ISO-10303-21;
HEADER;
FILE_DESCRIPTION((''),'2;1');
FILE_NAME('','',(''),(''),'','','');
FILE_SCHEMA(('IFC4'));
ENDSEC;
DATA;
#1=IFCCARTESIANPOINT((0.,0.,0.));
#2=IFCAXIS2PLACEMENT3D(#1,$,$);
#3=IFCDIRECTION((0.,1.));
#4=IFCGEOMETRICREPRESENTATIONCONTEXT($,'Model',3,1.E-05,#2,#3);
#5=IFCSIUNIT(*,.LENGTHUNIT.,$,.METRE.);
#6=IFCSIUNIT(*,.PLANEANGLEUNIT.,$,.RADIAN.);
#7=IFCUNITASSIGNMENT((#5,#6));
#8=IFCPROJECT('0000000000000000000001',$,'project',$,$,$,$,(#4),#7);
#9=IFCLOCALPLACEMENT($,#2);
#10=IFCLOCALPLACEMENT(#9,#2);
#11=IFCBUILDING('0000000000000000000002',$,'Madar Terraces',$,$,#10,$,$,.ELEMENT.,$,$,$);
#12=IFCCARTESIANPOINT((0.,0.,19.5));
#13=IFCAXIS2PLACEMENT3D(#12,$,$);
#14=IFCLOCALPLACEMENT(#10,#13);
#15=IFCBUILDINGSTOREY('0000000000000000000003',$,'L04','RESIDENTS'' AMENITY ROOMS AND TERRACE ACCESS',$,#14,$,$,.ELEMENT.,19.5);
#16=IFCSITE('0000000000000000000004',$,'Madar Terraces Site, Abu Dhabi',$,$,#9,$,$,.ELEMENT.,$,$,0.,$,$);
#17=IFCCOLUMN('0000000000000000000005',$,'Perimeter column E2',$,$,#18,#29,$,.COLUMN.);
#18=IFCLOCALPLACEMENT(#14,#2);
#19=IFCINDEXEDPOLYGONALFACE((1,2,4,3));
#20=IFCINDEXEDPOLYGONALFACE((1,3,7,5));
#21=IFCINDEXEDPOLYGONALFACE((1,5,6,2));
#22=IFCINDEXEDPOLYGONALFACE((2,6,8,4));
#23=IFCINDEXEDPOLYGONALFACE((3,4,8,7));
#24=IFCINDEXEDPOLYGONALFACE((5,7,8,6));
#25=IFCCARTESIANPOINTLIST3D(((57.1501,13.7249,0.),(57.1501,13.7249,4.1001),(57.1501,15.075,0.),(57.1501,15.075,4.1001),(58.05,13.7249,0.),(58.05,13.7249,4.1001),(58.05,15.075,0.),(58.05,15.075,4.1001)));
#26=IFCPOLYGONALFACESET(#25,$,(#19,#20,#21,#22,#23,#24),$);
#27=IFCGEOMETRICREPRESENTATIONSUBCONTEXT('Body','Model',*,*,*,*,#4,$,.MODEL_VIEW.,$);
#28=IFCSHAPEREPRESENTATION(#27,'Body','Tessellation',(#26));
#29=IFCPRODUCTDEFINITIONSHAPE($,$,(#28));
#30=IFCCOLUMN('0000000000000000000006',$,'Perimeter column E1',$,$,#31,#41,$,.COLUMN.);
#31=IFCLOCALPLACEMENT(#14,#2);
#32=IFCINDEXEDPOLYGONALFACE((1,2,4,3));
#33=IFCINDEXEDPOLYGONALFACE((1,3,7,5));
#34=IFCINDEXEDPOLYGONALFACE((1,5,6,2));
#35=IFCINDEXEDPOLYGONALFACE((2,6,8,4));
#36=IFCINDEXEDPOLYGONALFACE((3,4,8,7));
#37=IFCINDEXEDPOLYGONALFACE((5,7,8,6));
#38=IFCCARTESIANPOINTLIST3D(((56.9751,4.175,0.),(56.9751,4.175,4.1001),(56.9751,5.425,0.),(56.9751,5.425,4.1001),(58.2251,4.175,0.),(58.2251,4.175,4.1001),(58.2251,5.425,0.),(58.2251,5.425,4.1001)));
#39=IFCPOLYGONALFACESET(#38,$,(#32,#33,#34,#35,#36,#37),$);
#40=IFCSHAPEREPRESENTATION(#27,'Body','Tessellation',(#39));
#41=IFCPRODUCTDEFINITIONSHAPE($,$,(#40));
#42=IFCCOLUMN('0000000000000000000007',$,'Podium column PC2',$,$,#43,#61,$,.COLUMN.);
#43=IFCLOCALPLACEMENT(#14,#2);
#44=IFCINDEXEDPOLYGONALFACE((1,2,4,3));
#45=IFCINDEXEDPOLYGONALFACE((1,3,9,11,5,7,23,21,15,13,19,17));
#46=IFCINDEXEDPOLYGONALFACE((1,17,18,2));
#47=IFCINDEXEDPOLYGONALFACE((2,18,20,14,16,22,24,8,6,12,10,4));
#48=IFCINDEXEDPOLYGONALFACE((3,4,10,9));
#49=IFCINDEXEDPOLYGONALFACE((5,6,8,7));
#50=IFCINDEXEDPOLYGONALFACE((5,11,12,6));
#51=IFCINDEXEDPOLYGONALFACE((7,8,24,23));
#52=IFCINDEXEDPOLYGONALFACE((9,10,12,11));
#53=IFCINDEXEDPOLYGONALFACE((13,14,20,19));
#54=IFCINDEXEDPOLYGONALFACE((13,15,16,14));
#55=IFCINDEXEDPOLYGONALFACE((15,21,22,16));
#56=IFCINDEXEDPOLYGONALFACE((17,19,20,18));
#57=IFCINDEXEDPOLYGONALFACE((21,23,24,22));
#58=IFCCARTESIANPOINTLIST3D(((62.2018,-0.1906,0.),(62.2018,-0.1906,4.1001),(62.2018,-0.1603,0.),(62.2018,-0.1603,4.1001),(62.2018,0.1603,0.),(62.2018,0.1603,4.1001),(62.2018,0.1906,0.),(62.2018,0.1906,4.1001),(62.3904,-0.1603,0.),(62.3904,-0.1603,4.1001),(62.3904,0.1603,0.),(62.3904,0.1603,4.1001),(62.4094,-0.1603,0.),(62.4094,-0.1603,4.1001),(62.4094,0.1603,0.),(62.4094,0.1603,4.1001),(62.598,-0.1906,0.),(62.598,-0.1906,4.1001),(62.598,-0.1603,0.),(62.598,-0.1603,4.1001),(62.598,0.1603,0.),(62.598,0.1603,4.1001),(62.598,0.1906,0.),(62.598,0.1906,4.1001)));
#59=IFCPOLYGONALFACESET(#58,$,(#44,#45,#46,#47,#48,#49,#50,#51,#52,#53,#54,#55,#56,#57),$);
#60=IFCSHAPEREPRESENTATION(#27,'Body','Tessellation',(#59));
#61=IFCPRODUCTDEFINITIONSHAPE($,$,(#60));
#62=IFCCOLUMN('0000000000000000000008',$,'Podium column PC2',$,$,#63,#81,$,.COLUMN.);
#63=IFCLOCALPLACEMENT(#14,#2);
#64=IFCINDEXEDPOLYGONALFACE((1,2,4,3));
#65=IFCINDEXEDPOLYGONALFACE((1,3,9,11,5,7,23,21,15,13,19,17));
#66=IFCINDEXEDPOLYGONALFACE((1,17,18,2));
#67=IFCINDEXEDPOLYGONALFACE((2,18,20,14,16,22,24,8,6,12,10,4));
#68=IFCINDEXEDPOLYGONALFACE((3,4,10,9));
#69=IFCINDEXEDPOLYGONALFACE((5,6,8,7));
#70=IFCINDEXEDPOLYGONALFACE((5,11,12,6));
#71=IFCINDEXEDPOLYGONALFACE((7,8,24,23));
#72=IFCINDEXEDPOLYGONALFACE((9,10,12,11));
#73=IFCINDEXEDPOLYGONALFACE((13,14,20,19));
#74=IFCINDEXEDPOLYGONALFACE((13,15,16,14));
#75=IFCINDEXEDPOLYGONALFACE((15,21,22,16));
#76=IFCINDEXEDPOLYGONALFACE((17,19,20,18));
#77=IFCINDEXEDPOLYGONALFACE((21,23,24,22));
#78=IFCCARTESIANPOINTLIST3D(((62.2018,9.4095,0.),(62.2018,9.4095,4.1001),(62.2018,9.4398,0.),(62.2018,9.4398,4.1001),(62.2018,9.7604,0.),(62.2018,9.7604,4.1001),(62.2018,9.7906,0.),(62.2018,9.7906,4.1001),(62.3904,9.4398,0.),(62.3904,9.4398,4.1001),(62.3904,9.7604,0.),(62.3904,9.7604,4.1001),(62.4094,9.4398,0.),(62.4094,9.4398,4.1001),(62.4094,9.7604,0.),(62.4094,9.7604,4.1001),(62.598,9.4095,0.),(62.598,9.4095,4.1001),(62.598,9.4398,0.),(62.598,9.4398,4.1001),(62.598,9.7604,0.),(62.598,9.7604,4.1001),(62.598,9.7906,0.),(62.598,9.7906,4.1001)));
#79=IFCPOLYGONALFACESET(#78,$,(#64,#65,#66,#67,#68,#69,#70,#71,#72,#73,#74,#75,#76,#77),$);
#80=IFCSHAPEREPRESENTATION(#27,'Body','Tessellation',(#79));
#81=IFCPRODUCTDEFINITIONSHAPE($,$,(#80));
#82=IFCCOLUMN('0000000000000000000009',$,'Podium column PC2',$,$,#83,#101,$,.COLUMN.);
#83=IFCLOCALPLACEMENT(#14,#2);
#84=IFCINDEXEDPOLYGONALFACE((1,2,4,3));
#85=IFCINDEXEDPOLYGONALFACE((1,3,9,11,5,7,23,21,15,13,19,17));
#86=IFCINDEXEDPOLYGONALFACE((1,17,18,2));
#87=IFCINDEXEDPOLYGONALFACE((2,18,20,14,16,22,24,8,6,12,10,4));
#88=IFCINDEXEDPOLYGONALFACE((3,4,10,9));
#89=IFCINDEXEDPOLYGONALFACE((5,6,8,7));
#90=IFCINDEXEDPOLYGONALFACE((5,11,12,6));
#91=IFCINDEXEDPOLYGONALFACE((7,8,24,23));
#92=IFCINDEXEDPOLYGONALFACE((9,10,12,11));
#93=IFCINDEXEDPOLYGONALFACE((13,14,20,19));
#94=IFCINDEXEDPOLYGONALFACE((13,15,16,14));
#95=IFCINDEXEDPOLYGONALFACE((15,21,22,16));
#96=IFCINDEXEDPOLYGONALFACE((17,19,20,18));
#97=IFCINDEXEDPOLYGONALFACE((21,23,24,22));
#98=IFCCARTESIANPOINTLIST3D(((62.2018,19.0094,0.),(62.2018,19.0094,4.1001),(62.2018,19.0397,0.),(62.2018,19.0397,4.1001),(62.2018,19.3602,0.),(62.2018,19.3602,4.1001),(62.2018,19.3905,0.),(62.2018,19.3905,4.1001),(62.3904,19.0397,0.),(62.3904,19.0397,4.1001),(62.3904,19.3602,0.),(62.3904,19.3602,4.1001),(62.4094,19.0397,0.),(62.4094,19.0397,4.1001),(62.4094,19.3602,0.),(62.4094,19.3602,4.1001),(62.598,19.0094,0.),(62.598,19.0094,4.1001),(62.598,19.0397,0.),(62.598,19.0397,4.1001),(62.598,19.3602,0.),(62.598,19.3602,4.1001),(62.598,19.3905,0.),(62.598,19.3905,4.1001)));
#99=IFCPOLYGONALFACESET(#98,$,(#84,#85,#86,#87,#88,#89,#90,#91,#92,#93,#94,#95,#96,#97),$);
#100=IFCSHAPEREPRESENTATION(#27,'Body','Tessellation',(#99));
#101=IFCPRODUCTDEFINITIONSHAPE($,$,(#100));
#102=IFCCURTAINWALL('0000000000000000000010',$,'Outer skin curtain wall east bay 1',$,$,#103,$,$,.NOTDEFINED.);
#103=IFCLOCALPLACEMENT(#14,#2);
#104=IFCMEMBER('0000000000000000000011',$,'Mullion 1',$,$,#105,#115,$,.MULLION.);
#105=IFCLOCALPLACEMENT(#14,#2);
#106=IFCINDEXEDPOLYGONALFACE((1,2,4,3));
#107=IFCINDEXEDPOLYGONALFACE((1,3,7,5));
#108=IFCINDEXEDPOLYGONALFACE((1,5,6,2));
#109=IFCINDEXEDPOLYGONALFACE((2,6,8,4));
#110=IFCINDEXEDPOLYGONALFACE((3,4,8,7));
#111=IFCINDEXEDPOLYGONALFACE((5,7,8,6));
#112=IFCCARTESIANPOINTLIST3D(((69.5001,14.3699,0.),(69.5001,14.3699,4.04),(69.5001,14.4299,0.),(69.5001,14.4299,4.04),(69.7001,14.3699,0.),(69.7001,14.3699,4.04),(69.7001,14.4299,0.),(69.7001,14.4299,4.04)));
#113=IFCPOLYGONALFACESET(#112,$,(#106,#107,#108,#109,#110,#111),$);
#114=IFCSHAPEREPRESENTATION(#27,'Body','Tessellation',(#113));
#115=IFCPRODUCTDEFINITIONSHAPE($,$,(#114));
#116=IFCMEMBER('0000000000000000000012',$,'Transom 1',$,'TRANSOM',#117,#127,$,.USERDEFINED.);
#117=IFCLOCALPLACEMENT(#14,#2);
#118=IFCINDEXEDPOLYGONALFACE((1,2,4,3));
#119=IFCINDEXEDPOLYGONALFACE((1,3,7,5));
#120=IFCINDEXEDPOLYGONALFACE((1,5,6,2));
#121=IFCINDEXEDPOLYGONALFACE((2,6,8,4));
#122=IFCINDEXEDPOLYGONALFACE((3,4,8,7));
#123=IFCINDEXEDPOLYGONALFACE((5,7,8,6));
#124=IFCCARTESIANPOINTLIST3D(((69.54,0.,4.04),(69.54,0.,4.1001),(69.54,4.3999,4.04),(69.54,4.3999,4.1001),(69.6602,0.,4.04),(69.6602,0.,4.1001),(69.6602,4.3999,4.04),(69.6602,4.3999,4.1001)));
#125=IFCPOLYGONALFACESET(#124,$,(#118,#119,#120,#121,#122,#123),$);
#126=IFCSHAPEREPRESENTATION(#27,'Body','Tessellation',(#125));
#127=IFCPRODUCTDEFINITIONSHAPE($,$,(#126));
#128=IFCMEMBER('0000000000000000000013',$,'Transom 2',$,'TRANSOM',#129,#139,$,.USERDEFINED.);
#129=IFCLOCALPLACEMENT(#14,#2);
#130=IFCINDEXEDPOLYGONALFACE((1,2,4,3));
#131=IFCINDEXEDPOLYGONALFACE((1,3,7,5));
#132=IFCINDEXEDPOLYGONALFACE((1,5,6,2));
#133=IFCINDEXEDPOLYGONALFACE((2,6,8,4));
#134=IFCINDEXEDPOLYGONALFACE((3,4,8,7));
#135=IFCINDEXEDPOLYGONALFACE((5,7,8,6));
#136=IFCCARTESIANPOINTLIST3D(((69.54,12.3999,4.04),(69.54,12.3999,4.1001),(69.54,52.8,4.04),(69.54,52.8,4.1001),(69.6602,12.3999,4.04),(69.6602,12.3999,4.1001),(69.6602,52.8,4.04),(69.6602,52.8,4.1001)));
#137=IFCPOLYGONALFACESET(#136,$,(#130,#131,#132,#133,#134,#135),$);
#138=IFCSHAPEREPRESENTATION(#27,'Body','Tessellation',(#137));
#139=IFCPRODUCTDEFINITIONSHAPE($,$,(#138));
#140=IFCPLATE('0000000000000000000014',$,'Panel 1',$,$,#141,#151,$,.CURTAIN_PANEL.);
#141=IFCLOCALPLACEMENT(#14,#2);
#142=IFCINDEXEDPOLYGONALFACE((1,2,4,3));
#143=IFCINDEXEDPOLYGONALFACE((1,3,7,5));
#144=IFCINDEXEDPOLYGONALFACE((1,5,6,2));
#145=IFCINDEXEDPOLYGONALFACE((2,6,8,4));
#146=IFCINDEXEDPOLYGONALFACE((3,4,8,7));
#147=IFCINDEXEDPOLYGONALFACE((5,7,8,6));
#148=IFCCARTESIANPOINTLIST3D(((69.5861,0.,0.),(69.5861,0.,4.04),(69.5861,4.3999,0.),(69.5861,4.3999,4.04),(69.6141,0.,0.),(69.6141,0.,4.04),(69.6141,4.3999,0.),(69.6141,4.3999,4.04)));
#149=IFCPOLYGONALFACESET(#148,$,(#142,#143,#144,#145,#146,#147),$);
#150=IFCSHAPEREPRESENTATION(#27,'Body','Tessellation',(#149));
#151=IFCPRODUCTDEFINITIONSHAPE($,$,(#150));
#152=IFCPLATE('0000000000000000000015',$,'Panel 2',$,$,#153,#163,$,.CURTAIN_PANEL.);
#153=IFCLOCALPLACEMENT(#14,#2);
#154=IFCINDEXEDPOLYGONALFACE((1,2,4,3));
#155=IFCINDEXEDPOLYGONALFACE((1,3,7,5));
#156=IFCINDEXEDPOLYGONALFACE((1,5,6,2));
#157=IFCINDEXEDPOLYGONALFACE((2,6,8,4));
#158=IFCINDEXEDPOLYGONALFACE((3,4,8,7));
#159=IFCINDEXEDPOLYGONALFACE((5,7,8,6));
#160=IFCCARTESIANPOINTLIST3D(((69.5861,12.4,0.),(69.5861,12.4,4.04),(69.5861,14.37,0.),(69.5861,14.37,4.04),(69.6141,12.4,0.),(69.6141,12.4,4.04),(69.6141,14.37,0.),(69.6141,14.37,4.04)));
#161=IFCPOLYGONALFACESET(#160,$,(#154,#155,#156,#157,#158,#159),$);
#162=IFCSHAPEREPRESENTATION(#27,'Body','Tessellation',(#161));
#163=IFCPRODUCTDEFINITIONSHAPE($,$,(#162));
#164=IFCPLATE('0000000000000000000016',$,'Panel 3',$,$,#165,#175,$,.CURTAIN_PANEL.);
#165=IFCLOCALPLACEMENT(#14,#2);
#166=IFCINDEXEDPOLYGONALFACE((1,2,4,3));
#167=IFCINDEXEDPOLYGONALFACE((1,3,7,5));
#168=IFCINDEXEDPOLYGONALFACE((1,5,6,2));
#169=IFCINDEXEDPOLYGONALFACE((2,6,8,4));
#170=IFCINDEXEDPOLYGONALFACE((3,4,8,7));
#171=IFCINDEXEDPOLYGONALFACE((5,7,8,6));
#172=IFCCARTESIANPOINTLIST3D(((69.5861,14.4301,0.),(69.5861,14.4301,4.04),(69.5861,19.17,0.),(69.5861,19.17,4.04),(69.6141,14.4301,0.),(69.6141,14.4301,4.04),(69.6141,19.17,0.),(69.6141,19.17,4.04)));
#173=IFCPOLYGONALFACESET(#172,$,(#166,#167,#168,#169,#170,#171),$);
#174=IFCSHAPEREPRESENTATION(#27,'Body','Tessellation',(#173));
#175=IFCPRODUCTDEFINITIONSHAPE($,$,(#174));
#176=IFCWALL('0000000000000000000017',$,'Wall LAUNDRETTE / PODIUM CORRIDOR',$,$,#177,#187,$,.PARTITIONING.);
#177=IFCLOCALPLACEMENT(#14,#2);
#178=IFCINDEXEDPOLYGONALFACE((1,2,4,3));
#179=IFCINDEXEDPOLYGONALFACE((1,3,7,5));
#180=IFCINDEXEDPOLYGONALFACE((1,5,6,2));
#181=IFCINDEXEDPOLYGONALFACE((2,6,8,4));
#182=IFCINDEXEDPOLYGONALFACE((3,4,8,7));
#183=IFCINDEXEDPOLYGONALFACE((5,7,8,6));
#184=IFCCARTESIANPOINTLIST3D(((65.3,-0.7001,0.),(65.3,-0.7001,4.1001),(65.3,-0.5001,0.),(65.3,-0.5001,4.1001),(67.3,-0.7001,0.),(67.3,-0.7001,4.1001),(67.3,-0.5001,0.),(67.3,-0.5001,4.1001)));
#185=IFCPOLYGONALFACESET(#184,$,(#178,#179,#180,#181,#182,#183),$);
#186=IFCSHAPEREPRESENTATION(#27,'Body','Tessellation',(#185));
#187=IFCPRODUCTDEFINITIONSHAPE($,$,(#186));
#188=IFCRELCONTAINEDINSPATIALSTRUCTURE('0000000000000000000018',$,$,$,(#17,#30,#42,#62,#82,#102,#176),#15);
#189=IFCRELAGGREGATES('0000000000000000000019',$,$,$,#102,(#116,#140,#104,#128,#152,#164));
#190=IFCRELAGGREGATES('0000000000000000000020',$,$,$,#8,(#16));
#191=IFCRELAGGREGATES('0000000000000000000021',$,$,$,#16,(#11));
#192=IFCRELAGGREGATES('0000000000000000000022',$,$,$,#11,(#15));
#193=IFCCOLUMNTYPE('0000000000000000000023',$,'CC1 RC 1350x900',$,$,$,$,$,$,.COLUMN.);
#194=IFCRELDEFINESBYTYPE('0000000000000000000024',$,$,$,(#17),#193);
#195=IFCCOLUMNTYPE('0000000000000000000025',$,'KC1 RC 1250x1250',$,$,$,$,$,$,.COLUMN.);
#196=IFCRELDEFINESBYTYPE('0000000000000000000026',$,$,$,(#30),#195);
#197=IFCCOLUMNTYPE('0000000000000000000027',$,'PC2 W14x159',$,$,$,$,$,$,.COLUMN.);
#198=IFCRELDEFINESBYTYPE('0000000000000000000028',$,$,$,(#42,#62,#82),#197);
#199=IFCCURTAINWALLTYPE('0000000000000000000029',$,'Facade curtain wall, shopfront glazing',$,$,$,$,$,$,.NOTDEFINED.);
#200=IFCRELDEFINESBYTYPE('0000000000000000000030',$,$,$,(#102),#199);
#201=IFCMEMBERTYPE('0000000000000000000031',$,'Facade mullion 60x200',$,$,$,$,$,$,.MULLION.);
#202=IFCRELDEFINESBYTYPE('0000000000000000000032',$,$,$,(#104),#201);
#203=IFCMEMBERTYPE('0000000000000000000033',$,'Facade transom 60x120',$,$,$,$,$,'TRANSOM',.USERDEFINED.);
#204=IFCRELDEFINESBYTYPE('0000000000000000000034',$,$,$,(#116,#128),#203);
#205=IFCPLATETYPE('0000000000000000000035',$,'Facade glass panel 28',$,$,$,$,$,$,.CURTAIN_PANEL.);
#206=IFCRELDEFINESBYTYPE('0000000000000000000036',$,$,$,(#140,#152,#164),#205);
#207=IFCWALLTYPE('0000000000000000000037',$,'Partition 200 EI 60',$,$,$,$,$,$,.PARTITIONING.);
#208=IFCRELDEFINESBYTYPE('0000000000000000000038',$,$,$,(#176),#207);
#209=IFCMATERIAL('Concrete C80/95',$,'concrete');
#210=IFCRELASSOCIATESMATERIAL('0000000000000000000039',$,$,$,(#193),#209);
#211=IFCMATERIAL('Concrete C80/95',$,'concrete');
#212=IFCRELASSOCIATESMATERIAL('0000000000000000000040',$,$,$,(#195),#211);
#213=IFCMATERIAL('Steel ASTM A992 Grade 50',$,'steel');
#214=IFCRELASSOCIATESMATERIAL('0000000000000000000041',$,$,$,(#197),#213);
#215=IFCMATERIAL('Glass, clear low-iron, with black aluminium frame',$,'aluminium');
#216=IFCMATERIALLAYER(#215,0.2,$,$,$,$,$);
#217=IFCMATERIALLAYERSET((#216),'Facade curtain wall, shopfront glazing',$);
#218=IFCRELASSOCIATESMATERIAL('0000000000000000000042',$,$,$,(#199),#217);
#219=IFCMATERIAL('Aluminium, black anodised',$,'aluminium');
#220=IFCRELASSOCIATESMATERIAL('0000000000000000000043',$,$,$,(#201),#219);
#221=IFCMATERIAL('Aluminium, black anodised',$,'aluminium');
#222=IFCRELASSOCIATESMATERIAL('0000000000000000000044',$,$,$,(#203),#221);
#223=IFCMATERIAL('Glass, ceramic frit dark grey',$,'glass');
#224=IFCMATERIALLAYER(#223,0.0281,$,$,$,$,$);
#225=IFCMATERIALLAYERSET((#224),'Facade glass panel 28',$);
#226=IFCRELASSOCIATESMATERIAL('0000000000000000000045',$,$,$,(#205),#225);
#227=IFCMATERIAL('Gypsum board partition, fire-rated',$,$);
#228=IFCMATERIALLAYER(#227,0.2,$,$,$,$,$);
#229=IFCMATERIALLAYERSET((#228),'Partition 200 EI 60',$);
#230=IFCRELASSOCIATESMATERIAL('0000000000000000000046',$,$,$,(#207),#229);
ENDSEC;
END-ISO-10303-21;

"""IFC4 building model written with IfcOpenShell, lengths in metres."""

from ifc_helpers import new_model, si_unit, direction, frame, frame_2d, origin, origin_2d, place, context, subcontext, project, spatial, rectangle, i_section, extrude, material, layer, layer_set, material_profile, profile_set, type_object, element, aggregate, save


model = new_model("IFC4")

# Units and contexts
model_context = context("Model", 3, precision=1e-05, world=origin(), true_north=direction((0.0, 1.0)))
body_context = subcontext(model_context, "Body", "Model", "MODEL_VIEW")
ifc_project = project(units=[si_unit("LENGTHUNIT", "METRE"), si_unit("PLANEANGLEUNIT", "RADIAN")], contexts=[model_context])

# Site, building, storey
site_placement = place(None, origin())
site = spatial("IfcSite", under=ifc_project, at=site_placement, Name="Madar Terraces Site, Abu Dhabi", CompositionType="ELEMENT", RefElevation=0.0)
building_placement = place(site_placement, origin())
building = spatial("IfcBuilding", under=site, at=building_placement, Name="Madar Terraces", CompositionType="ELEMENT")
storey_placement = place(building_placement, frame((0.0, 0.0, 19.5)))
storey = spatial("IfcBuildingStorey", under=building, at=storey_placement, Name="L04", Description="RESIDENTS' AMENITY ROOMS AND TERRACE ACCESS", CompositionType="ELEMENT", Elevation=19.5)

# Columns
ifc_material_1 = material(Name="Concrete C80/95", Category="concrete")
ifc_material_profile_1 = material_profile(ifc_material_1, rectangle(XDim=1.3501, YDim=0.8999, at=origin_2d()), Name="CC1 RC 1350x900")
ifc_profile_set_1 = profile_set([ifc_material_profile_1], Name="Concrete C80/95")
column_type_1 = type_object("IfcColumnType", Name="CC1 RC 1350x900", PredefinedType="COLUMN", material=ifc_profile_set_1)
column_1_placement = place(storey_placement, frame((57.6001, 14.3999, 0.0), z_axis=(0.0, 0.0, 1.0), x_axis=(0.0, 1.0, 0.0)))
element("IfcColumn", 1, at=column_1_placement, inside=storey, type_object=column_type_1, Name="Perimeter column E2", PredefinedType="COLUMN", context=body_context, shape_type="SweptSolid", body=[
    extrude(rectangle(XDim=1.3501, YDim=0.8999, at=origin_2d()), origin(), (0.0, 0.0, 1.0), 4.1001),
])
ifc_material_2 = material(Name="Concrete C80/95", Category="concrete")
ifc_material_profile_2 = material_profile(ifc_material_2, rectangle(XDim=1.25, YDim=1.25, at=origin_2d()), Name="KC1 RC 1250x1250")
ifc_profile_set_2 = profile_set([ifc_material_profile_2], Name="Concrete C80/95")
column_type_2 = type_object("IfcColumnType", Name="KC1 RC 1250x1250", PredefinedType="COLUMN", material=ifc_profile_set_2)
column_2_placement = place(storey_placement, frame((57.6001, 4.8, 0.0), z_axis=(0.0, 0.0, 1.0), x_axis=(1.0, 0.0, 0.0)))
element("IfcColumn", 2, at=column_2_placement, inside=storey, type_object=column_type_2, Name="Perimeter column E1", PredefinedType="COLUMN", context=body_context, shape_type="SweptSolid", body=[
    extrude(rectangle(XDim=1.25, YDim=1.25, at=origin_2d()), origin(), (0.0, 0.0, 1.0), 4.1001),
])
ifc_material_3 = material(Name="Steel ASTM A992 Grade 50", Category="steel")
ifc_material_profile_3 = material_profile(ifc_material_3, i_section(OverallWidth=0.3962, OverallDepth=0.3811, WebThickness=0.019, FlangeThickness=0.0303, at=origin_2d()), Name="W14x159")
ifc_profile_set_3 = profile_set([ifc_material_profile_3], Name="Steel ASTM A992 Grade 50")
column_type_3 = type_object("IfcColumnType", Name="PC2 W14x159", PredefinedType="COLUMN", material=ifc_profile_set_3)
for number, where, z_axis, x_axis, name in (
    (3, (62.3999, 0.0, 0.0), (0.0, 0.0, 1.0), (1.0, 0.0, 0.0), "Podium column PC2"),
    (4, (62.3999, 9.6001, 0.0), (0.0, 0.0, 1.0), (1.0, 0.0, 0.0), "Podium column PC2"),
    (5, (62.3999, 19.2, 0.0), (0.0, 0.0, 1.0), (1.0, 0.0, 0.0), "Podium column PC2"),
):
    element("IfcColumn", number, at=place(storey_placement, frame(where, z_axis=z_axis, x_axis=x_axis)), inside=storey, type_object=column_type_3, Name=name, PredefinedType="COLUMN", context=body_context, shape_type="SweptSolid", body=[
        extrude(i_section(OverallWidth=0.3962, OverallDepth=0.3811, WebThickness=0.019, FlangeThickness=0.0303, at=origin_2d()), origin(), (0.0, 0.0, 1.0), 4.1001),
    ])

# Curtain wall, members, plates
ifc_material_4 = material(Name="Glass, clear low-iron, with black aluminium frame", Category="aluminium")
ifc_layer_1 = layer(ifc_material_4, 0.2)
ifc_layer_set_1 = layer_set([ifc_layer_1], Name="Facade curtain wall, shopfront glazing")
curtain_wall_type = type_object("IfcCurtainWallType", Name="Facade curtain wall, shopfront glazing", PredefinedType="NOTDEFINED", material=ifc_layer_set_1)
curtain_wall_placement = place(storey_placement, origin())
curtain_wall = element("IfcCurtainWall", 6, at=curtain_wall_placement, inside=storey, type_object=curtain_wall_type, Name="Outer skin curtain wall east bay 1", PredefinedType="NOTDEFINED")
ifc_material_5 = material(Name="Aluminium, black anodised", Category="aluminium")
ifc_material_profile_4 = material_profile(ifc_material_5, rectangle(XDim=0.2, YDim=0.0601, at=origin_2d()), Name="Facade mullion 60x200")
ifc_profile_set_4 = profile_set([ifc_material_profile_4], Name="Aluminium, black anodised")
member_type_1 = type_object("IfcMemberType", Name="Facade mullion 60x200", PredefinedType="MULLION", material=ifc_profile_set_4)
member_1_placement = place(storey_placement, frame((69.6001, 14.3999, 0.0), z_axis=(0.0, 0.0, 1.0), x_axis=(-1.0, 0.0, 0.0)))
member_1 = element("IfcMember", 7, at=member_1_placement, type_object=member_type_1, Name="Mullion 1", PredefinedType="MULLION", context=body_context, shape_type="SweptSolid", body=[
    extrude(rectangle(XDim=0.2, YDim=0.0601, at=origin_2d()), origin(), (0.0, 0.0, 1.0), 4.04),
])
ifc_material_6 = material(Name="Aluminium, black anodised", Category="aluminium")
ifc_material_profile_5 = material_profile(ifc_material_6, rectangle(XDim=0.1201, YDim=0.0601, at=origin_2d()), Name="Facade transom 60x120")
ifc_profile_set_5 = profile_set([ifc_material_profile_5], Name="Aluminium, black anodised")
member_type_2 = type_object("IfcMemberType", Name="Facade transom 60x120", ElementType="TRANSOM", PredefinedType="USERDEFINED", material=ifc_profile_set_5)
member_2_placement = place(storey_placement, frame((69.6001, 0.0, 4.0701), z_axis=(0.0, 1.0, 0.0), x_axis=(-1.0, 0.0, 0.0)))
member_2 = element("IfcMember", 8, at=member_2_placement, type_object=member_type_2, Name="Transom 1", ObjectType="TRANSOM", PredefinedType="USERDEFINED", context=body_context, shape_type="SweptSolid", body=[
    extrude(rectangle(XDim=0.1201, YDim=0.0601, at=origin_2d()), origin(), (0.0, 0.0, 1.0), 4.3999),
])
member_3_placement = place(storey_placement, frame((69.6001, 12.3999, 4.0701), z_axis=(0.0, 1.0, 0.0), x_axis=(-1.0, 0.0, 0.0)))
member_3 = element("IfcMember", 9, at=member_3_placement, type_object=member_type_2, Name="Transom 2", ObjectType="TRANSOM", PredefinedType="USERDEFINED", context=body_context, shape_type="SweptSolid", body=[
    extrude(rectangle(XDim=0.1201, YDim=0.0601, at=origin_2d()), origin(), (0.0, 0.0, 1.0), 40.4001),
])
ifc_material_7 = material(Name="Glass, ceramic frit dark grey", Category="glass")
ifc_layer_2 = layer(ifc_material_7, 0.0281)
ifc_layer_set_2 = layer_set([ifc_layer_2], Name="Facade glass panel 28")
plate_type = type_object("IfcPlateType", Name="Facade glass panel 28", PredefinedType="CURTAIN_PANEL", material=ifc_layer_set_2)
plate_1_placement = place(storey_placement, frame((69.6001, 2.2, 0.0), z_axis=(0.0, 0.0, 1.0), x_axis=(0.0, 1.0, 0.0)))
plate_1 = element("IfcPlate", 10, at=plate_1_placement, type_object=plate_type, Name="Panel 1", PredefinedType="CURTAIN_PANEL", context=body_context, shape_type="SweptSolid", body=[
    extrude(rectangle(XDim=4.3999, YDim=0.0281, at=origin_2d()), origin(), (0.0, 0.0, 1.0), 4.04),
])
plate_2_placement = place(storey_placement, frame((69.6001, 13.385, 0.0), z_axis=(0.0, 0.0, 1.0), x_axis=(0.0, 1.0, 0.0)))
plate_2 = element("IfcPlate", 11, at=plate_2_placement, type_object=plate_type, Name="Panel 2", PredefinedType="CURTAIN_PANEL", context=body_context, shape_type="SweptSolid", body=[
    extrude(rectangle(XDim=1.97, YDim=0.0281, at=origin_2d()), origin(), (0.0, 0.0, 1.0), 4.04),
])
plate_3_placement = place(storey_placement, frame((69.6001, 16.8, 0.0), z_axis=(0.0, 0.0, 1.0), x_axis=(0.0, 1.0, 0.0)))
plate_3 = element("IfcPlate", 12, at=plate_3_placement, type_object=plate_type, Name="Panel 3", PredefinedType="CURTAIN_PANEL", context=body_context, shape_type="SweptSolid", body=[
    extrude(rectangle(XDim=4.74, YDim=0.0281, at=origin_2d()), origin(), (0.0, 0.0, 1.0), 4.04),
])
aggregate(curtain_wall, [member_2, plate_1, member_1, member_3, plate_2, plate_3])

# Wall
ifc_material_8 = material(Name="Gypsum board partition, fire-rated")
ifc_layer_3 = layer(ifc_material_8, 0.2)
ifc_layer_set_3 = layer_set([ifc_layer_3], Name="Partition 200 EI 60")
wall_type_1 = type_object("IfcWallType", Name="Partition 200 EI 60", PredefinedType="PARTITIONING", material=ifc_layer_set_3)
wall_1_placement = place(storey_placement, frame((65.3, -0.6001, 0.0), z_axis=(0.0, 0.0, 1.0), x_axis=(1.0, 0.0, 0.0)))
element("IfcWall", 13, at=wall_1_placement, inside=storey, type_object=wall_type_1, Name="Wall LAUNDRETTE / PODIUM CORRIDOR", PredefinedType="PARTITIONING", context=body_context, shape_type="SweptSolid", body=[
    extrude(rectangle(XDim=2.0, YDim=0.2, at=frame_2d((1.0, 0.0))), origin(), (0.0, 0.0, 1.0), 4.1001),
])

save(model, "model.ifc")
